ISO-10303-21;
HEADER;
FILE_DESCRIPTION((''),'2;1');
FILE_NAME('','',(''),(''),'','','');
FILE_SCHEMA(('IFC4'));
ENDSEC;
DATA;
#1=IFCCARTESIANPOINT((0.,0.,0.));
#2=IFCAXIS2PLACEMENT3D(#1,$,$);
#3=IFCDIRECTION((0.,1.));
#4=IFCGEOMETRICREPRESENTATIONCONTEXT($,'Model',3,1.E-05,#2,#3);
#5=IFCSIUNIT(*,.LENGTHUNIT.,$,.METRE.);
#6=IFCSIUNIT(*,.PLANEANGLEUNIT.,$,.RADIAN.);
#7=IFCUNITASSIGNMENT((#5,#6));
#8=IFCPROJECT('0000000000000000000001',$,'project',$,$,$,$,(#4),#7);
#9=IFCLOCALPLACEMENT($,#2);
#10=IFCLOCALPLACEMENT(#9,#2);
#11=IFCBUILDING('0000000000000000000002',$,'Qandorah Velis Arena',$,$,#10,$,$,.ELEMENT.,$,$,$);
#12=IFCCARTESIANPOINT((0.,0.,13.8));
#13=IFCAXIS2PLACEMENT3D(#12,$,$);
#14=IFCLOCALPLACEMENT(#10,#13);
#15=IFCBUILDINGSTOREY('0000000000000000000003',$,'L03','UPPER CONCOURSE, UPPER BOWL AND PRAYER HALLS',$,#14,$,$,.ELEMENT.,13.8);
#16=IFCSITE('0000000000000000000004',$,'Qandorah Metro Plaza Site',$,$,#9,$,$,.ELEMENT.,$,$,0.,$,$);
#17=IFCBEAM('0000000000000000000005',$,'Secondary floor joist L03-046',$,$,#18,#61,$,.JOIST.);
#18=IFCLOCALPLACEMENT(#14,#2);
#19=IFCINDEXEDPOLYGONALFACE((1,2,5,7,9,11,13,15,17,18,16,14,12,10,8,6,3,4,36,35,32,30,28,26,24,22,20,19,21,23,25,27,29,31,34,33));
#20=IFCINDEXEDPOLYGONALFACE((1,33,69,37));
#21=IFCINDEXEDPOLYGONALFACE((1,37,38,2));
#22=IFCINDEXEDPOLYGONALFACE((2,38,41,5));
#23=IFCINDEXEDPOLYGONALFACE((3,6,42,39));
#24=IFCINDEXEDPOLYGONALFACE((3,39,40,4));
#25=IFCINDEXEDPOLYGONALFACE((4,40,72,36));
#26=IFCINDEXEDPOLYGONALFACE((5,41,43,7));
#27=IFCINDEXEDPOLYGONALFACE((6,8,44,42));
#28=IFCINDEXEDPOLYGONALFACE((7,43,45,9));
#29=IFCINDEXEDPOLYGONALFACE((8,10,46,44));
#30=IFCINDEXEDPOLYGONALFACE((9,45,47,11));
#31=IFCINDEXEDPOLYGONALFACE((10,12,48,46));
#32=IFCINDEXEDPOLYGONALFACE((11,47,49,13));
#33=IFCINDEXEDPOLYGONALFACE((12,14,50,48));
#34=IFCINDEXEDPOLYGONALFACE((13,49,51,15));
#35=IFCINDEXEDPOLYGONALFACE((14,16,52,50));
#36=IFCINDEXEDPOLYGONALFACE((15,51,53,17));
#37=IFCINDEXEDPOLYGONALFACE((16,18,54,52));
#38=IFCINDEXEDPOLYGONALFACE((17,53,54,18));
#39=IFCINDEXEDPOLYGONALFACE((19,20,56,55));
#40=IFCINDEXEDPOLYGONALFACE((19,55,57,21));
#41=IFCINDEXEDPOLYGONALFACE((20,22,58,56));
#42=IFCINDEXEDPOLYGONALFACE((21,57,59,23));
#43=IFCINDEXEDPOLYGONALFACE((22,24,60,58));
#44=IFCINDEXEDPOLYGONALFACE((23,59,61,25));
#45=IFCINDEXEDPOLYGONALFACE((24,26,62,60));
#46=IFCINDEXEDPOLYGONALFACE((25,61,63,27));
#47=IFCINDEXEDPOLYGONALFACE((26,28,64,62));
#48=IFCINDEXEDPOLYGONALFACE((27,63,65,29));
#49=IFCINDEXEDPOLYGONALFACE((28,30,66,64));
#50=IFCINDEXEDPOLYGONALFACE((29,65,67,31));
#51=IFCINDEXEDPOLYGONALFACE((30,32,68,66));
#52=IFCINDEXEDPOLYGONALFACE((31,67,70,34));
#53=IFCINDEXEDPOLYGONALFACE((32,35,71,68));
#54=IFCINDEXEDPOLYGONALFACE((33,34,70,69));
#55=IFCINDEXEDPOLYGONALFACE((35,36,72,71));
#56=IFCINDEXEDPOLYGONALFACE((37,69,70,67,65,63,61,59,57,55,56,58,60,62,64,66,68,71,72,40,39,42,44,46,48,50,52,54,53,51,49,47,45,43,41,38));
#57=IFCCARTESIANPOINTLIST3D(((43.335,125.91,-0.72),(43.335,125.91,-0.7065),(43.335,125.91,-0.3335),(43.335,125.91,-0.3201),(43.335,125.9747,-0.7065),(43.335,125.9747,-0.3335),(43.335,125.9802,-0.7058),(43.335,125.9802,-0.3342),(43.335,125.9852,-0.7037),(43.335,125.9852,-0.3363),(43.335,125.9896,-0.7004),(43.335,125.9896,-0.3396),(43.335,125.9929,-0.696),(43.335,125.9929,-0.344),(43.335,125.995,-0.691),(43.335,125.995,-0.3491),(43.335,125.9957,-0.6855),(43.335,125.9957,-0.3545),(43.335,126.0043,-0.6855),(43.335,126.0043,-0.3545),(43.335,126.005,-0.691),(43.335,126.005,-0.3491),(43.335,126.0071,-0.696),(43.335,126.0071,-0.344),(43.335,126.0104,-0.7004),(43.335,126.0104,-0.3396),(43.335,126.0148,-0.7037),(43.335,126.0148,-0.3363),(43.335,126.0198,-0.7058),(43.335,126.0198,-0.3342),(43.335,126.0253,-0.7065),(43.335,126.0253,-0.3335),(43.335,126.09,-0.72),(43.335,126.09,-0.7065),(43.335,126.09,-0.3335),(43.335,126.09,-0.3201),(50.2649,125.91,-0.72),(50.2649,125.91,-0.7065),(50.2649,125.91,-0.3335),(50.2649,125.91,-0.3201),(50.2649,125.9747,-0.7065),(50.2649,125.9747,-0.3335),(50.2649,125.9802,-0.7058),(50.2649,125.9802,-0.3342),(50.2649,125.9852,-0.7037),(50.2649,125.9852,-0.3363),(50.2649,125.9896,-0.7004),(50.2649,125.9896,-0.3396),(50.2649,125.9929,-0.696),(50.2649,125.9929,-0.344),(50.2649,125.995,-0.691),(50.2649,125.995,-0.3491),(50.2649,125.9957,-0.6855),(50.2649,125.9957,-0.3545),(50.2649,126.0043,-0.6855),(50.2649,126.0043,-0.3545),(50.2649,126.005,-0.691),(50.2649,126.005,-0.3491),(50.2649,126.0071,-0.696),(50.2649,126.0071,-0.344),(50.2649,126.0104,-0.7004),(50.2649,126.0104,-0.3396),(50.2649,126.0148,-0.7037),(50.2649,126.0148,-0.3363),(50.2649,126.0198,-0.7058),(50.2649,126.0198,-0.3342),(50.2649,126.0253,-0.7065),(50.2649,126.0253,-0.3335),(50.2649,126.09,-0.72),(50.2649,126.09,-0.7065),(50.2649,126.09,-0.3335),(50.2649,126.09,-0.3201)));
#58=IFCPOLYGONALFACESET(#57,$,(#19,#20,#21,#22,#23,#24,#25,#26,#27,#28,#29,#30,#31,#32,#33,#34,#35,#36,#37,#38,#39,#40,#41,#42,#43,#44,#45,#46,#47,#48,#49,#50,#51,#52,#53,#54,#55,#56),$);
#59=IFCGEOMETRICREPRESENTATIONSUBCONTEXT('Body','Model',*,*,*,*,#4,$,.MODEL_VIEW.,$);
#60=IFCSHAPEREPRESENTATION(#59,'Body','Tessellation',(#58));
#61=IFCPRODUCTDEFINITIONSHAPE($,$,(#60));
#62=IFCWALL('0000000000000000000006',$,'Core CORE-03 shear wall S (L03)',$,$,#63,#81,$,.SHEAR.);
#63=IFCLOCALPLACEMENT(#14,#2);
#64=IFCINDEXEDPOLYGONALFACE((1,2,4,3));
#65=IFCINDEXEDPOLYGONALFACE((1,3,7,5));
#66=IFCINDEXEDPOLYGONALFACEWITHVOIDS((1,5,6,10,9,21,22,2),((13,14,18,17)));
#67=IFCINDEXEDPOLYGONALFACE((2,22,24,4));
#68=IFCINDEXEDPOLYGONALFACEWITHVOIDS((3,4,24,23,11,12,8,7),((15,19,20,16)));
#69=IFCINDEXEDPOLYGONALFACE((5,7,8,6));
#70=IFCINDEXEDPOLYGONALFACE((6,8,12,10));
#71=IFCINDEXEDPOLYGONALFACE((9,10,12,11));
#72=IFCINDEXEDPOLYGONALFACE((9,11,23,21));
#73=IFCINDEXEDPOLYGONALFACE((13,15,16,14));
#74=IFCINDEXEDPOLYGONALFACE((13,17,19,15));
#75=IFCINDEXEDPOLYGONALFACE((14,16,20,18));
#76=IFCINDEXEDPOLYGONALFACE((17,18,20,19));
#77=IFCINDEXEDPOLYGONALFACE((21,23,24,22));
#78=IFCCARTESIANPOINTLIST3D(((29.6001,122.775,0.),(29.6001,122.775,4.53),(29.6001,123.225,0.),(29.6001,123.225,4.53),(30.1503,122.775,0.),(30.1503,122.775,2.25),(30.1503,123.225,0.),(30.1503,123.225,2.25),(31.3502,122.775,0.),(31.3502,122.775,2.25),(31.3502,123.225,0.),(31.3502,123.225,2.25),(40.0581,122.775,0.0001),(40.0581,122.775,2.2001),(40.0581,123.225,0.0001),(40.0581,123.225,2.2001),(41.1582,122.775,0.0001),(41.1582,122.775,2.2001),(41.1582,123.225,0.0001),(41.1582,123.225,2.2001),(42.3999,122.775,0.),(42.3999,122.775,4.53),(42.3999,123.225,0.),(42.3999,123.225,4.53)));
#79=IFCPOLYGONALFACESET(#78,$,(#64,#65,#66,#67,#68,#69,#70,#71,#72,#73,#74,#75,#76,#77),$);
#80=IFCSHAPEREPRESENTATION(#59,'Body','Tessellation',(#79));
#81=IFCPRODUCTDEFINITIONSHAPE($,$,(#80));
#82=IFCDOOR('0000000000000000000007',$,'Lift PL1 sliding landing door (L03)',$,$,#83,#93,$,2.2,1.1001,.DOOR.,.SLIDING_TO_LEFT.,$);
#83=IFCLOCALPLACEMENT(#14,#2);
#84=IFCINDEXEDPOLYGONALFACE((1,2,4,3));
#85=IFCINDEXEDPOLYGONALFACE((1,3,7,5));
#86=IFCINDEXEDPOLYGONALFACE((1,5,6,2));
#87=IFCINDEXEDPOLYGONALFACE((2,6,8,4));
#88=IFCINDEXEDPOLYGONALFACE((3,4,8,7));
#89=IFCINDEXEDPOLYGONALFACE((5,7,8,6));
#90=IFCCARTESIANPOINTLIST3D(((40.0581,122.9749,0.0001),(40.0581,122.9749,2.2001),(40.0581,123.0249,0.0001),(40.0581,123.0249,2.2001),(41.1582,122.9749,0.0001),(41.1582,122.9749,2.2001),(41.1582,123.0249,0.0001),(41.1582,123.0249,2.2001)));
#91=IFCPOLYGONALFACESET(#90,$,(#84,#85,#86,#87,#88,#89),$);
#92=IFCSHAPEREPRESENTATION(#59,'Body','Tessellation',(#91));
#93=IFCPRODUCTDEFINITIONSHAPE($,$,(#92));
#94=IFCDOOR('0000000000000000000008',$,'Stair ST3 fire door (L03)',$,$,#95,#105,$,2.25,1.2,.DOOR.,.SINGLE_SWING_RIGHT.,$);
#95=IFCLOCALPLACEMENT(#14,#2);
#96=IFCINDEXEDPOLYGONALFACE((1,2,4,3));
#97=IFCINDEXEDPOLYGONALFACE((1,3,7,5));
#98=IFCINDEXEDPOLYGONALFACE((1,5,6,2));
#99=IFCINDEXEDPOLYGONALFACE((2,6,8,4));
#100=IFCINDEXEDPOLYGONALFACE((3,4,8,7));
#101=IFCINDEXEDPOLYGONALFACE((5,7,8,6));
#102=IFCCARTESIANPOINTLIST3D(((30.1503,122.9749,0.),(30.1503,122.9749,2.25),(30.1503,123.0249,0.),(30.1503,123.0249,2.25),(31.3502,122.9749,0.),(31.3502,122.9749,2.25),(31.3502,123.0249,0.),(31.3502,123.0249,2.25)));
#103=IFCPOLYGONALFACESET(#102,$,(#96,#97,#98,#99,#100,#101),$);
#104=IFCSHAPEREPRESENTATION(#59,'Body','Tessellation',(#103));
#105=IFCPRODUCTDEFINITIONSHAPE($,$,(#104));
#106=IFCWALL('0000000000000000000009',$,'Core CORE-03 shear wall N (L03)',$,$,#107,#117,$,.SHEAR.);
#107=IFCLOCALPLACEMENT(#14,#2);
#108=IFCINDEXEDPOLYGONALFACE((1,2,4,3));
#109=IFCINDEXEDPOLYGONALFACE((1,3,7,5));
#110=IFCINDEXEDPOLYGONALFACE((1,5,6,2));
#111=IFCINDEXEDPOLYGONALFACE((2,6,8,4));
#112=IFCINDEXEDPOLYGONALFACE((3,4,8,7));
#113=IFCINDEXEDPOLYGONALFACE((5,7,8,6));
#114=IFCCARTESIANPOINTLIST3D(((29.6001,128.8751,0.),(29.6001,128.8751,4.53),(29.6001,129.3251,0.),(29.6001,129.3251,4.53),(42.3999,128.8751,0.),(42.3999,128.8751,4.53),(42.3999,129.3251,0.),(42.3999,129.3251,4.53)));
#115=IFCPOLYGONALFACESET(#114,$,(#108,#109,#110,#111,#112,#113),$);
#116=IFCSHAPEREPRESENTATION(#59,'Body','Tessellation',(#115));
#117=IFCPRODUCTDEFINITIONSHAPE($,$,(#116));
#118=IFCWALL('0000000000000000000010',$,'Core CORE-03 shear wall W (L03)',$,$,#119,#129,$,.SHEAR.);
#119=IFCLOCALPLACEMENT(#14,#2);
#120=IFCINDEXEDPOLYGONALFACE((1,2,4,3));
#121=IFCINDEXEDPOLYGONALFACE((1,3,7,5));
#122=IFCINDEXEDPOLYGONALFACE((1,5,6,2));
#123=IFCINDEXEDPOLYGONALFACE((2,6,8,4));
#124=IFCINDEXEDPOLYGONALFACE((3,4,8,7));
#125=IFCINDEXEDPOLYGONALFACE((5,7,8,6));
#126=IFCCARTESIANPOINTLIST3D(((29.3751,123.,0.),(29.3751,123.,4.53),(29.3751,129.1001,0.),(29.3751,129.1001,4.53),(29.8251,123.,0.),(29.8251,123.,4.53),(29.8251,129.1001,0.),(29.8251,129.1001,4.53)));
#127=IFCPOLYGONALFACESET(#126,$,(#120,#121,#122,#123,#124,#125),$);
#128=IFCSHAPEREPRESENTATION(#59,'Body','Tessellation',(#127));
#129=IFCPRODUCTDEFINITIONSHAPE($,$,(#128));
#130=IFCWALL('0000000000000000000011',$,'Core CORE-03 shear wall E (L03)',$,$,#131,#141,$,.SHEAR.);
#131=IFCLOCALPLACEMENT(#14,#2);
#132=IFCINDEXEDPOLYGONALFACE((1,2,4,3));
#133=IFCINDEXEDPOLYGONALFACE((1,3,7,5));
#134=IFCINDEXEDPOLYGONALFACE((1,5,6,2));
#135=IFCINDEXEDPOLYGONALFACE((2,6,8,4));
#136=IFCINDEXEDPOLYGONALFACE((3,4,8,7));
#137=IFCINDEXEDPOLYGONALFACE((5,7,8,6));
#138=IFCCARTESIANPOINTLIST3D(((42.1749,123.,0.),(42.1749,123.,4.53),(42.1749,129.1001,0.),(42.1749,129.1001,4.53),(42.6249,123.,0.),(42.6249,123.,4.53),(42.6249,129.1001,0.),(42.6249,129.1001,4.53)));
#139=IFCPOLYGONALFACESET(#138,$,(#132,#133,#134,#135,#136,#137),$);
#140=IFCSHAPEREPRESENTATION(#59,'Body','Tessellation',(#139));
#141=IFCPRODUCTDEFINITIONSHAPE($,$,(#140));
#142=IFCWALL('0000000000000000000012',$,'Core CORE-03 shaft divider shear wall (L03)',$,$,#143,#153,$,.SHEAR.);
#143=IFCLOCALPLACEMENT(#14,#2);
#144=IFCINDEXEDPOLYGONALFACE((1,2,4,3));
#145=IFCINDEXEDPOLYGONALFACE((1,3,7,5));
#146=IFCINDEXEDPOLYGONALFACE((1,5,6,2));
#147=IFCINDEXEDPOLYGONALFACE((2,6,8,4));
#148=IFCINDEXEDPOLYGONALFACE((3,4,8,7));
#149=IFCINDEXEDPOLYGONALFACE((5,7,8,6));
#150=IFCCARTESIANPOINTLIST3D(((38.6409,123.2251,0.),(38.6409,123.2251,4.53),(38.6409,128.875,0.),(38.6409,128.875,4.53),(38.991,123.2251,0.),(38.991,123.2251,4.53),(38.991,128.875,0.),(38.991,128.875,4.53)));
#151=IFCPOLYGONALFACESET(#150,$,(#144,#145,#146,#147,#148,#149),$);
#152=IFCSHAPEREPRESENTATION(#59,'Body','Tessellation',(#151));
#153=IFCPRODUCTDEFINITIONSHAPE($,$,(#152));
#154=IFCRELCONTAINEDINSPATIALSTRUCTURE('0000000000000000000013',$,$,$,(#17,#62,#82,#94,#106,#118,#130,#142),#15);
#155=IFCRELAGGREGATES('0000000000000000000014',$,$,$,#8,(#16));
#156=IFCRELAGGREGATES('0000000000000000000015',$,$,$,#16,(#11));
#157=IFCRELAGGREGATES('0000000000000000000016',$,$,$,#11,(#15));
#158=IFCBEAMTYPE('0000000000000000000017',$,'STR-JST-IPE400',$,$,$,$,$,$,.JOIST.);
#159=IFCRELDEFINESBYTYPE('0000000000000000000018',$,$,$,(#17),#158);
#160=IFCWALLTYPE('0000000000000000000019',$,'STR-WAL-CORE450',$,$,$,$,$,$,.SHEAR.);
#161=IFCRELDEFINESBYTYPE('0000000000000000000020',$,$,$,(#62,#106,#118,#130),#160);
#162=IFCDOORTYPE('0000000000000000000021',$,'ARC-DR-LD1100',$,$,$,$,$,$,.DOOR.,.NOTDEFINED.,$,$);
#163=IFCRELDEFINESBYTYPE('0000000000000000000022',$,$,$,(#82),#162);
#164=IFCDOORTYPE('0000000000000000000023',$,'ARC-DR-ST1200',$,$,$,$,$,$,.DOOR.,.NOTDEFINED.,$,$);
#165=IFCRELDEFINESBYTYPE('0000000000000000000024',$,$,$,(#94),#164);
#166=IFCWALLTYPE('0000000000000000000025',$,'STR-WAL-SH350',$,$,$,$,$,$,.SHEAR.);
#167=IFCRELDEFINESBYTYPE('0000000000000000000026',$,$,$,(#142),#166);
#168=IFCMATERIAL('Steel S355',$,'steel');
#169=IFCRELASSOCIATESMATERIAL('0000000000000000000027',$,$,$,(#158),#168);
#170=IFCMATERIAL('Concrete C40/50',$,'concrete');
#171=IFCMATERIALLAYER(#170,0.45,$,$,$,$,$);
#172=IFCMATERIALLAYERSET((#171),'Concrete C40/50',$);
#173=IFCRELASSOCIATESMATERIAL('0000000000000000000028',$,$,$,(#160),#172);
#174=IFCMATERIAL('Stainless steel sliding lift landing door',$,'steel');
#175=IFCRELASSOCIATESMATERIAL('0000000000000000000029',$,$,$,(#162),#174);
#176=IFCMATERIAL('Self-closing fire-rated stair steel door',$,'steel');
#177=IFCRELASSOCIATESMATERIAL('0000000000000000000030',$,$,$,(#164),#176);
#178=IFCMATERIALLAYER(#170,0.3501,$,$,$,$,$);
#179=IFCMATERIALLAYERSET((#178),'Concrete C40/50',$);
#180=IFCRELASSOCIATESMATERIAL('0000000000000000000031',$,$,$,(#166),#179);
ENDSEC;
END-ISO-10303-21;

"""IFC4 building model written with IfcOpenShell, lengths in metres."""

from ifc_helpers import new_model, si_unit, direction, frame, frame_2d, origin, origin_2d, place, context, subcontext, project, spatial, rectangle, i_section, extrude, material, layer, layer_set, material_profile, profile_set, type_object, element, fill, save


model = new_model("IFC4")

# Units and contexts
model_context = context("Model", 3, precision=1e-05, world=origin(), true_north=direction((0.0, 1.0)))
body_context = subcontext(model_context, "Body", "Model", "MODEL_VIEW")
ifc_project = project(units=[si_unit("LENGTHUNIT", "METRE"), si_unit("PLANEANGLEUNIT", "RADIAN")], contexts=[model_context])

# Site, building, storey
site_placement = place(None, origin())
site = spatial("IfcSite", under=ifc_project, at=site_placement, Name="Qandorah Metro Plaza Site", CompositionType="ELEMENT", RefElevation=0.0)
building_placement = place(site_placement, origin())
building = spatial("IfcBuilding", under=site, at=building_placement, Name="Qandorah Velis Arena", CompositionType="ELEMENT")
storey_placement = place(building_placement, frame((0.0, 0.0, 13.8)))
storey = spatial("IfcBuildingStorey", under=building, at=storey_placement, Name="L03", Description="UPPER CONCOURSE, UPPER BOWL AND PRAYER HALLS", CompositionType="ELEMENT", Elevation=13.8)

# Shared definitions
ifc_material_1 = material(Name="Concrete C40/50", Category="concrete")

# Beam
ifc_material_2 = material(Name="Steel S355", Category="steel")
ifc_material_profile_1 = material_profile(ifc_material_2, i_section(OverallWidth=0.1799, OverallDepth=0.3999, WebThickness=0.0085, FlangeThickness=0.0134, FilletRadius=0.021, at=origin_2d()), Name="IPE 400")
ifc_profile_set_1 = profile_set([ifc_material_profile_1], Name="Steel S355")
beam_type_1 = type_object("IfcBeamType", Name="STR-JST-IPE400", PredefinedType="JOIST", material=ifc_profile_set_1)
for number, where, z_axis, x_axis, name in (
    (1, (43.335, 126.0, -0.52), (1.0, 0.0, 0.0), (0.0, 1.0, 0.0), "Secondary floor joist L03-046"),
):
    element("IfcBeam", number, at=place(storey_placement, frame(where, z_axis=z_axis, x_axis=x_axis)), inside=storey, type_object=beam_type_1, Name=name, PredefinedType="JOIST", context=body_context, shape_type="SweptSolid", body=[
        extrude(i_section(OverallWidth=0.1799, OverallDepth=0.3999, WebThickness=0.0085, FlangeThickness=0.0134, FilletRadius=0.021, at=origin_2d()), origin(), (0.0, 0.0, 1.0), 6.9299),
    ])

# Wall, openings, doors
ifc_layer_1 = layer(ifc_material_1, 0.45)
ifc_layer_set_1 = layer_set([ifc_layer_1], Name="Concrete C40/50")
wall_type_1 = type_object("IfcWallType", Name="STR-WAL-CORE450", PredefinedType="SHEAR", material=ifc_layer_set_1)
wall_1_placement = place(storey_placement, frame((29.6001, 123.0, 0.0), z_axis=(0.0, 0.0, 1.0), x_axis=(1.0, 0.0, 0.0)))
wall_1 = element("IfcWall", 2, at=wall_1_placement, inside=storey, type_object=wall_type_1, Name="Core CORE-03 shear wall S (L03)", PredefinedType="SHEAR", context=body_context, shape_type="SweptSolid", body=[
    extrude(rectangle(XDim=12.7998, YDim=0.45, at=frame_2d((6.3999, 0.0))), origin(), (0.0, 0.0, 1.0), 4.53),
])
opening_1_placement = place(wall_1_placement, frame((0.55, 0.0, 0.0)))
opening_1 = element("IfcOpeningElement", 3, at=opening_1_placement, cuts=wall_1, PredefinedType="OPENING", context=body_context, shape_type="SweptSolid", body=[
    extrude(rectangle(XDim=1.2, YDim=2.25, at=frame_2d((0.6001, 1.125))), frame((0.0, 0.2349, 0.0), z_axis=(0.0, -1.0, 0.0), x_axis=(1.0, 0.0, 0.0)), (0.0, 0.0, 1.0), 0.47),
])
opening_2_placement = place(wall_1_placement, frame((10.458, 0.0, 0.0)))
opening_2 = element("IfcOpeningElement", 4, at=opening_2_placement, cuts=wall_1, PredefinedType="OPENING", context=body_context, shape_type="SweptSolid", body=[
    extrude(rectangle(XDim=1.1001, YDim=2.2, at=frame_2d((0.55, 1.1001))), frame((0.0, 0.2349, 0.0), z_axis=(0.0, -1.0, 0.0), x_axis=(1.0, 0.0, 0.0)), (0.0, 0.0, 1.0), 0.47),
])
ifc_material_3 = material(Name="Stainless steel sliding lift landing door", Category="steel")
door_type_1 = type_object("IfcDoorType", Name="ARC-DR-LD1100", OperationType="NOTDEFINED", PredefinedType="DOOR", material=ifc_material_3)
door_1_placement = place(opening_2_placement, origin())
door_1 = element("IfcDoor", 5, at=door_1_placement, inside=storey, type_object=door_type_1, Name="Lift PL1 sliding landing door (L03)", OperationType="SLIDING_TO_LEFT", OverallHeight=2.2, OverallWidth=1.1001, PredefinedType="DOOR", context=body_context, shape_type="SweptSolid", body=[
    extrude(rectangle(XDim=1.1001, YDim=2.2, at=frame_2d((0.55, 1.1001))), frame((0.0, 0.0249, 0.0), z_axis=(0.0, -1.0, 0.0), x_axis=(1.0, 0.0, 0.0)), (0.0, 0.0, 1.0), 0.05),
])
fill(opening_2, door_1)
ifc_material_4 = material(Name="Self-closing fire-rated stair steel door", Category="steel")
door_type_2 = type_object("IfcDoorType", Name="ARC-DR-ST1200", OperationType="NOTDEFINED", PredefinedType="DOOR", material=ifc_material_4)
door_2_placement = place(opening_1_placement, origin())
door_2 = element("IfcDoor", 6, at=door_2_placement, inside=storey, type_object=door_type_2, Name="Stair ST3 fire door (L03)", OperationType="SINGLE_SWING_RIGHT", OverallHeight=2.25, OverallWidth=1.2, PredefinedType="DOOR", context=body_context, shape_type="SweptSolid", body=[
    extrude(rectangle(XDim=1.2, YDim=2.25, at=frame_2d((0.6001, 1.125))), frame((0.0, 0.0249, 0.0), z_axis=(0.0, -1.0, 0.0), x_axis=(1.0, 0.0, 0.0)), (0.0, 0.0, 1.0), 0.05),
])
fill(opening_1, door_2)

# Walls
wall_2_placement = place(storey_placement, frame((29.6001, 129.1001, 0.0), z_axis=(0.0, 0.0, 1.0), x_axis=(1.0, 0.0, 0.0)))
element("IfcWall", 7, at=wall_2_placement, inside=storey, type_object=wall_type_1, Name="Core CORE-03 shear wall N (L03)", PredefinedType="SHEAR", context=body_context, shape_type="SweptSolid", body=[
    extrude(rectangle(XDim=12.7998, YDim=0.45, at=frame_2d((6.3999, 0.0))), origin(), (0.0, 0.0, 1.0), 4.53),
])
for number, where, z_axis, x_axis, name in (
    (8, (29.6001, 123.0, 0.0), (0.0, 0.0, 1.0), (0.0, 1.0, 0.0), "Core CORE-03 shear wall W (L03)"),
    (9, (42.3999, 123.0, 0.0), (0.0, 0.0, 1.0), (0.0, 1.0, 0.0), "Core CORE-03 shear wall E (L03)"),
):
    element("IfcWall", number, at=place(storey_placement, frame(where, z_axis=z_axis, x_axis=x_axis)), inside=storey, type_object=wall_type_1, Name=name, PredefinedType="SHEAR", context=body_context, shape_type="SweptSolid", body=[
        extrude(rectangle(XDim=6.1001, YDim=0.45, at=frame_2d((3.05, 0.0))), origin(), (0.0, 0.0, 1.0), 4.53),
    ])
ifc_layer_2 = layer(ifc_material_1, 0.3501)
ifc_layer_set_2 = layer_set([ifc_layer_2], Name="Concrete C40/50")
wall_type_2 = type_object("IfcWallType", Name="STR-WAL-SH350", PredefinedType="SHEAR", material=ifc_layer_set_2)
wall_3_placement = place(storey_placement, frame((38.8159, 123.2251, 0.0), z_axis=(0.0, 0.0, 1.0), x_axis=(0.0, 1.0, 0.0)))
element("IfcWall", 10, at=wall_3_placement, inside=storey, type_object=wall_type_2, Name="Core CORE-03 shaft divider shear wall (L03)", PredefinedType="SHEAR", context=body_context, shape_type="SweptSolid", body=[
    extrude(rectangle(XDim=5.6499, YDim=0.3501, at=frame_2d((2.825, 0.0))), origin(), (0.0, 0.0, 1.0), 4.53),
])

save(model, "model.ifc")
